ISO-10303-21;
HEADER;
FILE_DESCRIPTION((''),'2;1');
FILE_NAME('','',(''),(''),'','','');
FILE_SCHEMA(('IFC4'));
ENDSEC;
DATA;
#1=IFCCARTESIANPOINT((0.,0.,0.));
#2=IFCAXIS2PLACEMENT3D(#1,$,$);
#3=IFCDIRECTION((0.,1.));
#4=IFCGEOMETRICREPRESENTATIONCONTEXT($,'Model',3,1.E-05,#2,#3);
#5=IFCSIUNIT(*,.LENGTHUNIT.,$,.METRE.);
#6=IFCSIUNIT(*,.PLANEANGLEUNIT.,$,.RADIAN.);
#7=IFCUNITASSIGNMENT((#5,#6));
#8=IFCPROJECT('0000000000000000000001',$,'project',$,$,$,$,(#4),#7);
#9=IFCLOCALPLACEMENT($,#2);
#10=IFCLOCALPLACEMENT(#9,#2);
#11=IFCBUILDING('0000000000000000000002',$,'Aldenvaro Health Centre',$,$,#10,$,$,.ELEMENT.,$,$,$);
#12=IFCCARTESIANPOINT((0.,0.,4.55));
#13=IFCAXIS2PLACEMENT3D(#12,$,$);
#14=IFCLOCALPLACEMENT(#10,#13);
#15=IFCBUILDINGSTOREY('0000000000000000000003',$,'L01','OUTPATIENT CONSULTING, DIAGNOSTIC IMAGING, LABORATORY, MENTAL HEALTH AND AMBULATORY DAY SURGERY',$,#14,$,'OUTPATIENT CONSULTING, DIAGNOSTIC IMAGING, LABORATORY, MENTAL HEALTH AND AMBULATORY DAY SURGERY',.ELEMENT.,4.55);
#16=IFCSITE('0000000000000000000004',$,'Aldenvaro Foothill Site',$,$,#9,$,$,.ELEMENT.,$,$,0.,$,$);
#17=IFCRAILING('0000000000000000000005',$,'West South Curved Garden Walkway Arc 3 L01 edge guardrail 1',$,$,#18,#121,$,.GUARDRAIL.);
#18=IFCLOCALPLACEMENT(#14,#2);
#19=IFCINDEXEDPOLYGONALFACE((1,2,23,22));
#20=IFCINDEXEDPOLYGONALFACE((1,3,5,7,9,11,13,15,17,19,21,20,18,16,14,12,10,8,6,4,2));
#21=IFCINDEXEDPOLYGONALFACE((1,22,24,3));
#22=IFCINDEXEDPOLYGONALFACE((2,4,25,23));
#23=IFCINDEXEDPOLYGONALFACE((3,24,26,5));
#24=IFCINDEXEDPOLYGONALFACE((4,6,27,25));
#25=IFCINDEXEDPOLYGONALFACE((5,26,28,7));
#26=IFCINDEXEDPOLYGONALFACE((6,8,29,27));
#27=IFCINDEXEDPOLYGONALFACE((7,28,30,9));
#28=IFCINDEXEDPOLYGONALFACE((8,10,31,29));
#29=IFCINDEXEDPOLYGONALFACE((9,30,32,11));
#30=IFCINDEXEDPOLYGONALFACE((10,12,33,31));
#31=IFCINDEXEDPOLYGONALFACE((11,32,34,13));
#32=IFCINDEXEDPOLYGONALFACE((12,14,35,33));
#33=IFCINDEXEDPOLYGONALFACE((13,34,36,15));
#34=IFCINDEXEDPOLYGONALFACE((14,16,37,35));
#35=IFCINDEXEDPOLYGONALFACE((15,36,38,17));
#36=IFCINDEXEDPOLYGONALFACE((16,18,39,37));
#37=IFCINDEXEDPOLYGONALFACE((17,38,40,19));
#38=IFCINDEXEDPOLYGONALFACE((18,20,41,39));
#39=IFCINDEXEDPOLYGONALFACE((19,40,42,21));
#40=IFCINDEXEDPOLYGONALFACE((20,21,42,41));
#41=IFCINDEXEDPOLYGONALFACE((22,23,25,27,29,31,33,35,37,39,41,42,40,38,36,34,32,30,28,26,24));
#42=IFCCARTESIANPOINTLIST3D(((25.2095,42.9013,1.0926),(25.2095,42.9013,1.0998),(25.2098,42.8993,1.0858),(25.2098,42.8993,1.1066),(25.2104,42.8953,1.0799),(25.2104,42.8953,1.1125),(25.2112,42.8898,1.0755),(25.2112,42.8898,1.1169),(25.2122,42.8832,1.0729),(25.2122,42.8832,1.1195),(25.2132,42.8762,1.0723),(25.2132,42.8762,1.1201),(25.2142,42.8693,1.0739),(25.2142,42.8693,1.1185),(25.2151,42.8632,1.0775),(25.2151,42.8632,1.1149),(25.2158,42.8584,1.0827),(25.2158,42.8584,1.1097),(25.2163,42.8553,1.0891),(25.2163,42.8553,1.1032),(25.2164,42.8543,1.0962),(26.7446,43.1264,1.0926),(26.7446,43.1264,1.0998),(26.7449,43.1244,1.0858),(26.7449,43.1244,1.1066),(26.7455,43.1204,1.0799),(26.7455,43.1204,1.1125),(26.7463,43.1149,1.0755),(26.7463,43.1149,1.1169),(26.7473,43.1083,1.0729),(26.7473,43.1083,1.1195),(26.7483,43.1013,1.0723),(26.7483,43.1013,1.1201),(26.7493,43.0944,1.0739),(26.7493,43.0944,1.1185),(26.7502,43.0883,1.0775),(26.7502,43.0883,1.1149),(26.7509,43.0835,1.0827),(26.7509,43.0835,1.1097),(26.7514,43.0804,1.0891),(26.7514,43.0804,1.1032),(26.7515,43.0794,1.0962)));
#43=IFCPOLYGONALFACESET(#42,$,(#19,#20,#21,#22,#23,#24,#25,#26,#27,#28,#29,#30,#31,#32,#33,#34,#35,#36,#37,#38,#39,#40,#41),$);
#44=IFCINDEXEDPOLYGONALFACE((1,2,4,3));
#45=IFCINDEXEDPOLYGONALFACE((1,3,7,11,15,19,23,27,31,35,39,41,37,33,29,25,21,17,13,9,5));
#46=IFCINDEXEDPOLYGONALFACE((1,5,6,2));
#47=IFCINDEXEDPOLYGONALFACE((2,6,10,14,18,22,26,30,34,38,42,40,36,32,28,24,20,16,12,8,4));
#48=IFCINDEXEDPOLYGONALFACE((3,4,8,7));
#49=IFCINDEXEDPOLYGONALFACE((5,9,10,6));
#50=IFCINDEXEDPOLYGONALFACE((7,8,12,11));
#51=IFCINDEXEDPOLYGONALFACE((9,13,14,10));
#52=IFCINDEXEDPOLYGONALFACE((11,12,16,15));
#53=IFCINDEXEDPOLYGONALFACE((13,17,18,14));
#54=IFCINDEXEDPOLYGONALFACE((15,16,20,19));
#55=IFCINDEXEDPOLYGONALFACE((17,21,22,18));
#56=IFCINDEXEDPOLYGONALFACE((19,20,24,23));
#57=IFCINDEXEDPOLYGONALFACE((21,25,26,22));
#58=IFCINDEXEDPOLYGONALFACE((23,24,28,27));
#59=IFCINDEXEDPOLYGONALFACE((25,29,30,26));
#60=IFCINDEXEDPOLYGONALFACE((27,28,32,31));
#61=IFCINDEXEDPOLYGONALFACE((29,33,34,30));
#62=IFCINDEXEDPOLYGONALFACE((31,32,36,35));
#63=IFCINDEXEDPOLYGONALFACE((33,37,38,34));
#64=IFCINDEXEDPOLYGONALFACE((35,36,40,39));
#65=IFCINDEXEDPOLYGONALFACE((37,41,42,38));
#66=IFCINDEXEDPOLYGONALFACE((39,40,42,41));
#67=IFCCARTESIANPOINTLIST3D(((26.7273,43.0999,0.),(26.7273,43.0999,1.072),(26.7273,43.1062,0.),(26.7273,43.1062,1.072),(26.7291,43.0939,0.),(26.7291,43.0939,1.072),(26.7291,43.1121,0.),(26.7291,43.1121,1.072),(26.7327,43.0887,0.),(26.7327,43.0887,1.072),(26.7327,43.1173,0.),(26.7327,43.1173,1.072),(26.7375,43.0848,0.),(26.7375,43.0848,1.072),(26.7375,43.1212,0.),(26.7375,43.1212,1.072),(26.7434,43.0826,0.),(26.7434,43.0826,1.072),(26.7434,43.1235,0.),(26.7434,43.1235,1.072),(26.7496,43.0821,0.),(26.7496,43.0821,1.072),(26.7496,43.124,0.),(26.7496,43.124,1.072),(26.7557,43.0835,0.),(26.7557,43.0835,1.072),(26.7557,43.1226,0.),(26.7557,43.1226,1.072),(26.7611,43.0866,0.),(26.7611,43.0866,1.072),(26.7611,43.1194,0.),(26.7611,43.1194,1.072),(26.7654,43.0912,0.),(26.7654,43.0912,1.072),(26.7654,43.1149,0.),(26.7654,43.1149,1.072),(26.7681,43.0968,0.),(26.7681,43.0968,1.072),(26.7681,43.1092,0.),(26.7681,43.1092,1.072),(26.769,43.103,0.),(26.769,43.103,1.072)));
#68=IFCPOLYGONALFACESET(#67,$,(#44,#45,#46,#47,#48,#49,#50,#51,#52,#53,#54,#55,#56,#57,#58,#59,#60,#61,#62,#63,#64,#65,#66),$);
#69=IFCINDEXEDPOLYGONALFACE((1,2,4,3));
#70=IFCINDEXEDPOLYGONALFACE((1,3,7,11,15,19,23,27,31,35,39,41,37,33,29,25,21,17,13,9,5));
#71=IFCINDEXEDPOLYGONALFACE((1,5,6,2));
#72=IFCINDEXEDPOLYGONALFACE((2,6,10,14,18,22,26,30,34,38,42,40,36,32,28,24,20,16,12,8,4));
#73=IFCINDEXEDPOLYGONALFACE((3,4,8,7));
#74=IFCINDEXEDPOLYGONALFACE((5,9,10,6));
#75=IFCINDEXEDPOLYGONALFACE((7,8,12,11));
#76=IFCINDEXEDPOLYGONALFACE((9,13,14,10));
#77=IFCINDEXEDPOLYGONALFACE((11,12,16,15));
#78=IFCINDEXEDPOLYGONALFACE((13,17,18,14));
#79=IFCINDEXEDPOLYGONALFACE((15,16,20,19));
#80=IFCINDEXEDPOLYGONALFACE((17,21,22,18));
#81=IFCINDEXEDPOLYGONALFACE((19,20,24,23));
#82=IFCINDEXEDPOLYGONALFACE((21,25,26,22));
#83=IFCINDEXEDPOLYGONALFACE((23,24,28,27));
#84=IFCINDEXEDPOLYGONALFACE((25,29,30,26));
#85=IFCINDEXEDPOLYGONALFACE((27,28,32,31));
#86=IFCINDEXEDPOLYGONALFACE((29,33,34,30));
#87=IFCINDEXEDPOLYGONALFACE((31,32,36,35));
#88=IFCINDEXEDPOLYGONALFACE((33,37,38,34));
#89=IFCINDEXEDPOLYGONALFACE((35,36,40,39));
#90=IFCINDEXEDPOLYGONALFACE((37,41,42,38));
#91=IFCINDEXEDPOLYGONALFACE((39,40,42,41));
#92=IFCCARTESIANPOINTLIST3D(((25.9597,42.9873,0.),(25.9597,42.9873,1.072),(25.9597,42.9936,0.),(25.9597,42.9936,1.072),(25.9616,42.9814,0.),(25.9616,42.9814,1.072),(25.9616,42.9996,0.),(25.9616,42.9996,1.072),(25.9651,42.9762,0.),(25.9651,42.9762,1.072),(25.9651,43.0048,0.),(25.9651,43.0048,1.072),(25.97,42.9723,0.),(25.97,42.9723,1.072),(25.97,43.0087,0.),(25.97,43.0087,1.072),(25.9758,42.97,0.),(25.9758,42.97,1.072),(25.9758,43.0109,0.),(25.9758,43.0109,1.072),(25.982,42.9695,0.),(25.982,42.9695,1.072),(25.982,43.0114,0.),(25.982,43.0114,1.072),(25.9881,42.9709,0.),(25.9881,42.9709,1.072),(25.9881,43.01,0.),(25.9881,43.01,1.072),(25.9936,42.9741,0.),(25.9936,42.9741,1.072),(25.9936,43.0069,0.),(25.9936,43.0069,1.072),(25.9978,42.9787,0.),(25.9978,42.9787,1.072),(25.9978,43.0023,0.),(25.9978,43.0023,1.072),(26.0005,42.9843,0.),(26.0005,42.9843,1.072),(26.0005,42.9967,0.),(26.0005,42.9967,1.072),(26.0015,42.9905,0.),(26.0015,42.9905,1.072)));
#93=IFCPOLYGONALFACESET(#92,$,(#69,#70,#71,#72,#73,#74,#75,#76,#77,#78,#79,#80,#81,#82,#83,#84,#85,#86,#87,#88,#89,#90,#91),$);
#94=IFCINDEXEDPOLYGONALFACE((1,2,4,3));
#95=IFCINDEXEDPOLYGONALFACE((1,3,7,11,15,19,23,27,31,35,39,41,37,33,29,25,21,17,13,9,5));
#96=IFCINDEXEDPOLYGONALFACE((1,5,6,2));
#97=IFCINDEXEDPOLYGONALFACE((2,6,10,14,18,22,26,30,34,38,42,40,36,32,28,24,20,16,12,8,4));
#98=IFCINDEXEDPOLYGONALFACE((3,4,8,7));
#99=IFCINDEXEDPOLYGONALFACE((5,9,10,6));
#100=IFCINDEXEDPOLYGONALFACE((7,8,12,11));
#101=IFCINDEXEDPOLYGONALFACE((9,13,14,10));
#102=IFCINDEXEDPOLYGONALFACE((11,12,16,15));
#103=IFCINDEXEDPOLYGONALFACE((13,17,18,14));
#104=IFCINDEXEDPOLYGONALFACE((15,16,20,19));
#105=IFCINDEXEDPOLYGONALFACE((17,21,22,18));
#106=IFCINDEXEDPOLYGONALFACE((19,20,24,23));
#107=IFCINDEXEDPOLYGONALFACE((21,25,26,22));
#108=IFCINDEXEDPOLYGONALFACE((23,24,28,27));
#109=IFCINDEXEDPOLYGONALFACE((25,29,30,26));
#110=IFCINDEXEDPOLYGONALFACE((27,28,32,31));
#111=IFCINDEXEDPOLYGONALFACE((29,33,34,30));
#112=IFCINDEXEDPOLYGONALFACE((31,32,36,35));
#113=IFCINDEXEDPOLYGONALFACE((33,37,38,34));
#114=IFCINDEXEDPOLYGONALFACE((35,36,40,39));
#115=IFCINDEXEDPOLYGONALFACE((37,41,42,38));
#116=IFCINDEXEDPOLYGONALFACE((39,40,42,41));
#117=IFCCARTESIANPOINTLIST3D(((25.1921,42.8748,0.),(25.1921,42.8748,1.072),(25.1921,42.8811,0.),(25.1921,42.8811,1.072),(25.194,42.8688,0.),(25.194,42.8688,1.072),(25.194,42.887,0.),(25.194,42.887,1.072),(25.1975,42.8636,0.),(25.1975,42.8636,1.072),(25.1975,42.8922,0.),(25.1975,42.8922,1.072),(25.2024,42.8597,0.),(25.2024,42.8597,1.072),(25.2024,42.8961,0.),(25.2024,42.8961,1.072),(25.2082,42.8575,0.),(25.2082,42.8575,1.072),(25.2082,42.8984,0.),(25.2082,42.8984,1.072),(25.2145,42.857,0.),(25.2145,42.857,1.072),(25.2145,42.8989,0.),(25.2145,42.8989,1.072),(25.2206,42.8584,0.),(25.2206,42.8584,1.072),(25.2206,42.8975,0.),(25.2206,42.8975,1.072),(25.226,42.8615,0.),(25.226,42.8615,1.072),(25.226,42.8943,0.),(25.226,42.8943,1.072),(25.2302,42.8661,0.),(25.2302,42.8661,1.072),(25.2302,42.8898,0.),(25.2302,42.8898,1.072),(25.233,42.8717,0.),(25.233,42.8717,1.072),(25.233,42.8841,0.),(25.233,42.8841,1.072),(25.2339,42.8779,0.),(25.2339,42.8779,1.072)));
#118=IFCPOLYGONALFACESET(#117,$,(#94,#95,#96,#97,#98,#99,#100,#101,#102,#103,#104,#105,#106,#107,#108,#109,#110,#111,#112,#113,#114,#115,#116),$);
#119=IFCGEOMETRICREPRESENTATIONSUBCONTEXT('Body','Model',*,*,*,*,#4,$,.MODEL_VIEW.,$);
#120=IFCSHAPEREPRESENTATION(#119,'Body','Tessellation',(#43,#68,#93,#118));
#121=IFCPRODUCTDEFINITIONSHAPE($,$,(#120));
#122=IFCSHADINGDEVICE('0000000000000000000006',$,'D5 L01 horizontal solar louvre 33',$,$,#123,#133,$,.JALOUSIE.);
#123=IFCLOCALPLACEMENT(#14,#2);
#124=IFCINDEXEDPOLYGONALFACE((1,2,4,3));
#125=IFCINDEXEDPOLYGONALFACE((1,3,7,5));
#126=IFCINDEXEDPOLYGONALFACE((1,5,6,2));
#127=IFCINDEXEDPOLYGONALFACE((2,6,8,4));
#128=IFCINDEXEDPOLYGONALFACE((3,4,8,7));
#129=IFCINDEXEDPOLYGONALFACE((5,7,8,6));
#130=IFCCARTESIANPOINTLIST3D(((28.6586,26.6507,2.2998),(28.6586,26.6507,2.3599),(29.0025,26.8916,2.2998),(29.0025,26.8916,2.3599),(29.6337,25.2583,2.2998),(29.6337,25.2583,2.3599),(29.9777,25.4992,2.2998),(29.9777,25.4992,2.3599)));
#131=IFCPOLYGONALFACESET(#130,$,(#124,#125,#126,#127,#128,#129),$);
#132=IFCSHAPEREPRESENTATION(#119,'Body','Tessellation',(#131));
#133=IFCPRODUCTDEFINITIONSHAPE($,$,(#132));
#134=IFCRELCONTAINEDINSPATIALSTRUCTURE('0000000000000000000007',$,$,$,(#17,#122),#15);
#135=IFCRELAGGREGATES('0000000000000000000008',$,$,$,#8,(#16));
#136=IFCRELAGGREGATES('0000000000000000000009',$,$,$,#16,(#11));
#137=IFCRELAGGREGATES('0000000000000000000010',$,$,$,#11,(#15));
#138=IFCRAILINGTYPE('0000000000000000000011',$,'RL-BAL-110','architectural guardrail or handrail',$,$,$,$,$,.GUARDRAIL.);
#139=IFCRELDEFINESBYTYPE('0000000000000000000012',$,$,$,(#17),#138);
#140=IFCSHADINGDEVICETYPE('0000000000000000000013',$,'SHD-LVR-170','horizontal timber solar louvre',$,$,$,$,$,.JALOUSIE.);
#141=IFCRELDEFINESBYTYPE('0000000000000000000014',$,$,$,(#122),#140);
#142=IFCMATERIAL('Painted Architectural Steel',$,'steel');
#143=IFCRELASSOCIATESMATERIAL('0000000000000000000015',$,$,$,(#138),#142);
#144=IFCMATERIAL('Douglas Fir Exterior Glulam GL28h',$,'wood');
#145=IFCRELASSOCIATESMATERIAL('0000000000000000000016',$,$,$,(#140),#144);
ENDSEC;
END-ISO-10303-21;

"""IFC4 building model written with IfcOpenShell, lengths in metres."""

from ifc_helpers import new_model, si_unit, direction, frame, origin, origin_2d, place, context, subcontext, project, spatial, rectangle, circle, extrude, material, type_object, element, save


model = new_model("IFC4")

# Units and contexts
model_context = context("Model", 3, precision=1e-05, world=origin(), true_north=direction((0.0, 1.0)))
body_context = subcontext(model_context, "Body", "Model", "MODEL_VIEW")
ifc_project = project(units=[si_unit("LENGTHUNIT", "METRE"), si_unit("PLANEANGLEUNIT", "RADIAN")], contexts=[model_context])

# Site, building, storey
site_placement = place(None, origin())
site = spatial("IfcSite", under=ifc_project, at=site_placement, Name="Aldenvaro Foothill Site", CompositionType="ELEMENT", RefElevation=0.0)
building_placement = place(site_placement, origin())
building = spatial("IfcBuilding", under=site, at=building_placement, Name="Aldenvaro Health Centre", CompositionType="ELEMENT")
storey_placement = place(building_placement, frame((0.0, 0.0, 4.55)))
storey = spatial("IfcBuildingStorey", under=building, at=storey_placement, Name="L01", Description="OUTPATIENT CONSULTING, DIAGNOSTIC IMAGING, LABORATORY, MENTAL HEALTH AND AMBULATORY DAY SURGERY", LongName="OUTPATIENT CONSULTING, DIAGNOSTIC IMAGING, LABORATORY, MENTAL HEALTH AND AMBULATORY DAY SURGERY", CompositionType="ELEMENT", Elevation=4.55)

# Railing
ifc_material_1 = material(Name="Painted Architectural Steel", Category="steel")
railing_type = type_object("IfcRailingType", Name="RL-BAL-110", Description="architectural guardrail or handrail", PredefinedType="GUARDRAIL", material=ifc_material_1)
railing_placement = place(storey_placement, frame((26.748, 43.103, 0.0)))
element("IfcRailing", 1, at=railing_placement, inside=storey, type_object=railing_type, Name="West South Curved Garden Walkway Arc 3 L01 edge guardrail 1", PredefinedType="GUARDRAIL", context=body_context, shape_type="SweptSolid", body=[
    extrude(circle(Radius=0.0239, at=origin_2d()), frame((0.0, 0.0, 1.0962), z_axis=(-0.98942, -0.145077, 0.0), x_axis=(0.145077, -0.98942, 0.0)), (0.0, 0.0, 1.0), 1.5515),
    extrude(circle(Radius=0.021, at=origin_2d()), origin(), (0.0, 0.0, 1.0), 1.072),
    extrude(circle(Radius=0.021, at=origin_2d()), frame((-0.7676, -0.1125, 0.0)), (0.0, 0.0, 1.0), 1.072),
    extrude(circle(Radius=0.021, at=origin_2d()), frame((-1.5352, -0.2251, 0.0)), (0.0, 0.0, 1.0), 1.072),
])

# Shading device
ifc_material_2 = material(Name="Douglas Fir Exterior Glulam GL28h", Category="wood")
shading_device_type = type_object("IfcShadingDeviceType", Name="SHD-LVR-170", Description="horizontal timber solar louvre", PredefinedType="JALOUSIE", material=ifc_material_2)
shading_device_placement = place(storey_placement, frame((29.3181, 26.075, 2.2998), z_axis=(0.0, 0.0, 1.0), x_axis=(0.573641, -0.819107, 0.0)))
element("IfcShadingDevice", 2, at=shading_device_placement, inside=storey, type_object=shading_device_type, Name="D5 L01 horizontal solar louvre 33", PredefinedType="JALOUSIE", context=body_context, shape_type="SweptSolid", body=[
    extrude(rectangle(XDim=1.7, YDim=0.4199, at=origin_2d()), origin(), (0.0, 0.0, 1.0), 0.0601),
])

save(model, "model.ifc")
